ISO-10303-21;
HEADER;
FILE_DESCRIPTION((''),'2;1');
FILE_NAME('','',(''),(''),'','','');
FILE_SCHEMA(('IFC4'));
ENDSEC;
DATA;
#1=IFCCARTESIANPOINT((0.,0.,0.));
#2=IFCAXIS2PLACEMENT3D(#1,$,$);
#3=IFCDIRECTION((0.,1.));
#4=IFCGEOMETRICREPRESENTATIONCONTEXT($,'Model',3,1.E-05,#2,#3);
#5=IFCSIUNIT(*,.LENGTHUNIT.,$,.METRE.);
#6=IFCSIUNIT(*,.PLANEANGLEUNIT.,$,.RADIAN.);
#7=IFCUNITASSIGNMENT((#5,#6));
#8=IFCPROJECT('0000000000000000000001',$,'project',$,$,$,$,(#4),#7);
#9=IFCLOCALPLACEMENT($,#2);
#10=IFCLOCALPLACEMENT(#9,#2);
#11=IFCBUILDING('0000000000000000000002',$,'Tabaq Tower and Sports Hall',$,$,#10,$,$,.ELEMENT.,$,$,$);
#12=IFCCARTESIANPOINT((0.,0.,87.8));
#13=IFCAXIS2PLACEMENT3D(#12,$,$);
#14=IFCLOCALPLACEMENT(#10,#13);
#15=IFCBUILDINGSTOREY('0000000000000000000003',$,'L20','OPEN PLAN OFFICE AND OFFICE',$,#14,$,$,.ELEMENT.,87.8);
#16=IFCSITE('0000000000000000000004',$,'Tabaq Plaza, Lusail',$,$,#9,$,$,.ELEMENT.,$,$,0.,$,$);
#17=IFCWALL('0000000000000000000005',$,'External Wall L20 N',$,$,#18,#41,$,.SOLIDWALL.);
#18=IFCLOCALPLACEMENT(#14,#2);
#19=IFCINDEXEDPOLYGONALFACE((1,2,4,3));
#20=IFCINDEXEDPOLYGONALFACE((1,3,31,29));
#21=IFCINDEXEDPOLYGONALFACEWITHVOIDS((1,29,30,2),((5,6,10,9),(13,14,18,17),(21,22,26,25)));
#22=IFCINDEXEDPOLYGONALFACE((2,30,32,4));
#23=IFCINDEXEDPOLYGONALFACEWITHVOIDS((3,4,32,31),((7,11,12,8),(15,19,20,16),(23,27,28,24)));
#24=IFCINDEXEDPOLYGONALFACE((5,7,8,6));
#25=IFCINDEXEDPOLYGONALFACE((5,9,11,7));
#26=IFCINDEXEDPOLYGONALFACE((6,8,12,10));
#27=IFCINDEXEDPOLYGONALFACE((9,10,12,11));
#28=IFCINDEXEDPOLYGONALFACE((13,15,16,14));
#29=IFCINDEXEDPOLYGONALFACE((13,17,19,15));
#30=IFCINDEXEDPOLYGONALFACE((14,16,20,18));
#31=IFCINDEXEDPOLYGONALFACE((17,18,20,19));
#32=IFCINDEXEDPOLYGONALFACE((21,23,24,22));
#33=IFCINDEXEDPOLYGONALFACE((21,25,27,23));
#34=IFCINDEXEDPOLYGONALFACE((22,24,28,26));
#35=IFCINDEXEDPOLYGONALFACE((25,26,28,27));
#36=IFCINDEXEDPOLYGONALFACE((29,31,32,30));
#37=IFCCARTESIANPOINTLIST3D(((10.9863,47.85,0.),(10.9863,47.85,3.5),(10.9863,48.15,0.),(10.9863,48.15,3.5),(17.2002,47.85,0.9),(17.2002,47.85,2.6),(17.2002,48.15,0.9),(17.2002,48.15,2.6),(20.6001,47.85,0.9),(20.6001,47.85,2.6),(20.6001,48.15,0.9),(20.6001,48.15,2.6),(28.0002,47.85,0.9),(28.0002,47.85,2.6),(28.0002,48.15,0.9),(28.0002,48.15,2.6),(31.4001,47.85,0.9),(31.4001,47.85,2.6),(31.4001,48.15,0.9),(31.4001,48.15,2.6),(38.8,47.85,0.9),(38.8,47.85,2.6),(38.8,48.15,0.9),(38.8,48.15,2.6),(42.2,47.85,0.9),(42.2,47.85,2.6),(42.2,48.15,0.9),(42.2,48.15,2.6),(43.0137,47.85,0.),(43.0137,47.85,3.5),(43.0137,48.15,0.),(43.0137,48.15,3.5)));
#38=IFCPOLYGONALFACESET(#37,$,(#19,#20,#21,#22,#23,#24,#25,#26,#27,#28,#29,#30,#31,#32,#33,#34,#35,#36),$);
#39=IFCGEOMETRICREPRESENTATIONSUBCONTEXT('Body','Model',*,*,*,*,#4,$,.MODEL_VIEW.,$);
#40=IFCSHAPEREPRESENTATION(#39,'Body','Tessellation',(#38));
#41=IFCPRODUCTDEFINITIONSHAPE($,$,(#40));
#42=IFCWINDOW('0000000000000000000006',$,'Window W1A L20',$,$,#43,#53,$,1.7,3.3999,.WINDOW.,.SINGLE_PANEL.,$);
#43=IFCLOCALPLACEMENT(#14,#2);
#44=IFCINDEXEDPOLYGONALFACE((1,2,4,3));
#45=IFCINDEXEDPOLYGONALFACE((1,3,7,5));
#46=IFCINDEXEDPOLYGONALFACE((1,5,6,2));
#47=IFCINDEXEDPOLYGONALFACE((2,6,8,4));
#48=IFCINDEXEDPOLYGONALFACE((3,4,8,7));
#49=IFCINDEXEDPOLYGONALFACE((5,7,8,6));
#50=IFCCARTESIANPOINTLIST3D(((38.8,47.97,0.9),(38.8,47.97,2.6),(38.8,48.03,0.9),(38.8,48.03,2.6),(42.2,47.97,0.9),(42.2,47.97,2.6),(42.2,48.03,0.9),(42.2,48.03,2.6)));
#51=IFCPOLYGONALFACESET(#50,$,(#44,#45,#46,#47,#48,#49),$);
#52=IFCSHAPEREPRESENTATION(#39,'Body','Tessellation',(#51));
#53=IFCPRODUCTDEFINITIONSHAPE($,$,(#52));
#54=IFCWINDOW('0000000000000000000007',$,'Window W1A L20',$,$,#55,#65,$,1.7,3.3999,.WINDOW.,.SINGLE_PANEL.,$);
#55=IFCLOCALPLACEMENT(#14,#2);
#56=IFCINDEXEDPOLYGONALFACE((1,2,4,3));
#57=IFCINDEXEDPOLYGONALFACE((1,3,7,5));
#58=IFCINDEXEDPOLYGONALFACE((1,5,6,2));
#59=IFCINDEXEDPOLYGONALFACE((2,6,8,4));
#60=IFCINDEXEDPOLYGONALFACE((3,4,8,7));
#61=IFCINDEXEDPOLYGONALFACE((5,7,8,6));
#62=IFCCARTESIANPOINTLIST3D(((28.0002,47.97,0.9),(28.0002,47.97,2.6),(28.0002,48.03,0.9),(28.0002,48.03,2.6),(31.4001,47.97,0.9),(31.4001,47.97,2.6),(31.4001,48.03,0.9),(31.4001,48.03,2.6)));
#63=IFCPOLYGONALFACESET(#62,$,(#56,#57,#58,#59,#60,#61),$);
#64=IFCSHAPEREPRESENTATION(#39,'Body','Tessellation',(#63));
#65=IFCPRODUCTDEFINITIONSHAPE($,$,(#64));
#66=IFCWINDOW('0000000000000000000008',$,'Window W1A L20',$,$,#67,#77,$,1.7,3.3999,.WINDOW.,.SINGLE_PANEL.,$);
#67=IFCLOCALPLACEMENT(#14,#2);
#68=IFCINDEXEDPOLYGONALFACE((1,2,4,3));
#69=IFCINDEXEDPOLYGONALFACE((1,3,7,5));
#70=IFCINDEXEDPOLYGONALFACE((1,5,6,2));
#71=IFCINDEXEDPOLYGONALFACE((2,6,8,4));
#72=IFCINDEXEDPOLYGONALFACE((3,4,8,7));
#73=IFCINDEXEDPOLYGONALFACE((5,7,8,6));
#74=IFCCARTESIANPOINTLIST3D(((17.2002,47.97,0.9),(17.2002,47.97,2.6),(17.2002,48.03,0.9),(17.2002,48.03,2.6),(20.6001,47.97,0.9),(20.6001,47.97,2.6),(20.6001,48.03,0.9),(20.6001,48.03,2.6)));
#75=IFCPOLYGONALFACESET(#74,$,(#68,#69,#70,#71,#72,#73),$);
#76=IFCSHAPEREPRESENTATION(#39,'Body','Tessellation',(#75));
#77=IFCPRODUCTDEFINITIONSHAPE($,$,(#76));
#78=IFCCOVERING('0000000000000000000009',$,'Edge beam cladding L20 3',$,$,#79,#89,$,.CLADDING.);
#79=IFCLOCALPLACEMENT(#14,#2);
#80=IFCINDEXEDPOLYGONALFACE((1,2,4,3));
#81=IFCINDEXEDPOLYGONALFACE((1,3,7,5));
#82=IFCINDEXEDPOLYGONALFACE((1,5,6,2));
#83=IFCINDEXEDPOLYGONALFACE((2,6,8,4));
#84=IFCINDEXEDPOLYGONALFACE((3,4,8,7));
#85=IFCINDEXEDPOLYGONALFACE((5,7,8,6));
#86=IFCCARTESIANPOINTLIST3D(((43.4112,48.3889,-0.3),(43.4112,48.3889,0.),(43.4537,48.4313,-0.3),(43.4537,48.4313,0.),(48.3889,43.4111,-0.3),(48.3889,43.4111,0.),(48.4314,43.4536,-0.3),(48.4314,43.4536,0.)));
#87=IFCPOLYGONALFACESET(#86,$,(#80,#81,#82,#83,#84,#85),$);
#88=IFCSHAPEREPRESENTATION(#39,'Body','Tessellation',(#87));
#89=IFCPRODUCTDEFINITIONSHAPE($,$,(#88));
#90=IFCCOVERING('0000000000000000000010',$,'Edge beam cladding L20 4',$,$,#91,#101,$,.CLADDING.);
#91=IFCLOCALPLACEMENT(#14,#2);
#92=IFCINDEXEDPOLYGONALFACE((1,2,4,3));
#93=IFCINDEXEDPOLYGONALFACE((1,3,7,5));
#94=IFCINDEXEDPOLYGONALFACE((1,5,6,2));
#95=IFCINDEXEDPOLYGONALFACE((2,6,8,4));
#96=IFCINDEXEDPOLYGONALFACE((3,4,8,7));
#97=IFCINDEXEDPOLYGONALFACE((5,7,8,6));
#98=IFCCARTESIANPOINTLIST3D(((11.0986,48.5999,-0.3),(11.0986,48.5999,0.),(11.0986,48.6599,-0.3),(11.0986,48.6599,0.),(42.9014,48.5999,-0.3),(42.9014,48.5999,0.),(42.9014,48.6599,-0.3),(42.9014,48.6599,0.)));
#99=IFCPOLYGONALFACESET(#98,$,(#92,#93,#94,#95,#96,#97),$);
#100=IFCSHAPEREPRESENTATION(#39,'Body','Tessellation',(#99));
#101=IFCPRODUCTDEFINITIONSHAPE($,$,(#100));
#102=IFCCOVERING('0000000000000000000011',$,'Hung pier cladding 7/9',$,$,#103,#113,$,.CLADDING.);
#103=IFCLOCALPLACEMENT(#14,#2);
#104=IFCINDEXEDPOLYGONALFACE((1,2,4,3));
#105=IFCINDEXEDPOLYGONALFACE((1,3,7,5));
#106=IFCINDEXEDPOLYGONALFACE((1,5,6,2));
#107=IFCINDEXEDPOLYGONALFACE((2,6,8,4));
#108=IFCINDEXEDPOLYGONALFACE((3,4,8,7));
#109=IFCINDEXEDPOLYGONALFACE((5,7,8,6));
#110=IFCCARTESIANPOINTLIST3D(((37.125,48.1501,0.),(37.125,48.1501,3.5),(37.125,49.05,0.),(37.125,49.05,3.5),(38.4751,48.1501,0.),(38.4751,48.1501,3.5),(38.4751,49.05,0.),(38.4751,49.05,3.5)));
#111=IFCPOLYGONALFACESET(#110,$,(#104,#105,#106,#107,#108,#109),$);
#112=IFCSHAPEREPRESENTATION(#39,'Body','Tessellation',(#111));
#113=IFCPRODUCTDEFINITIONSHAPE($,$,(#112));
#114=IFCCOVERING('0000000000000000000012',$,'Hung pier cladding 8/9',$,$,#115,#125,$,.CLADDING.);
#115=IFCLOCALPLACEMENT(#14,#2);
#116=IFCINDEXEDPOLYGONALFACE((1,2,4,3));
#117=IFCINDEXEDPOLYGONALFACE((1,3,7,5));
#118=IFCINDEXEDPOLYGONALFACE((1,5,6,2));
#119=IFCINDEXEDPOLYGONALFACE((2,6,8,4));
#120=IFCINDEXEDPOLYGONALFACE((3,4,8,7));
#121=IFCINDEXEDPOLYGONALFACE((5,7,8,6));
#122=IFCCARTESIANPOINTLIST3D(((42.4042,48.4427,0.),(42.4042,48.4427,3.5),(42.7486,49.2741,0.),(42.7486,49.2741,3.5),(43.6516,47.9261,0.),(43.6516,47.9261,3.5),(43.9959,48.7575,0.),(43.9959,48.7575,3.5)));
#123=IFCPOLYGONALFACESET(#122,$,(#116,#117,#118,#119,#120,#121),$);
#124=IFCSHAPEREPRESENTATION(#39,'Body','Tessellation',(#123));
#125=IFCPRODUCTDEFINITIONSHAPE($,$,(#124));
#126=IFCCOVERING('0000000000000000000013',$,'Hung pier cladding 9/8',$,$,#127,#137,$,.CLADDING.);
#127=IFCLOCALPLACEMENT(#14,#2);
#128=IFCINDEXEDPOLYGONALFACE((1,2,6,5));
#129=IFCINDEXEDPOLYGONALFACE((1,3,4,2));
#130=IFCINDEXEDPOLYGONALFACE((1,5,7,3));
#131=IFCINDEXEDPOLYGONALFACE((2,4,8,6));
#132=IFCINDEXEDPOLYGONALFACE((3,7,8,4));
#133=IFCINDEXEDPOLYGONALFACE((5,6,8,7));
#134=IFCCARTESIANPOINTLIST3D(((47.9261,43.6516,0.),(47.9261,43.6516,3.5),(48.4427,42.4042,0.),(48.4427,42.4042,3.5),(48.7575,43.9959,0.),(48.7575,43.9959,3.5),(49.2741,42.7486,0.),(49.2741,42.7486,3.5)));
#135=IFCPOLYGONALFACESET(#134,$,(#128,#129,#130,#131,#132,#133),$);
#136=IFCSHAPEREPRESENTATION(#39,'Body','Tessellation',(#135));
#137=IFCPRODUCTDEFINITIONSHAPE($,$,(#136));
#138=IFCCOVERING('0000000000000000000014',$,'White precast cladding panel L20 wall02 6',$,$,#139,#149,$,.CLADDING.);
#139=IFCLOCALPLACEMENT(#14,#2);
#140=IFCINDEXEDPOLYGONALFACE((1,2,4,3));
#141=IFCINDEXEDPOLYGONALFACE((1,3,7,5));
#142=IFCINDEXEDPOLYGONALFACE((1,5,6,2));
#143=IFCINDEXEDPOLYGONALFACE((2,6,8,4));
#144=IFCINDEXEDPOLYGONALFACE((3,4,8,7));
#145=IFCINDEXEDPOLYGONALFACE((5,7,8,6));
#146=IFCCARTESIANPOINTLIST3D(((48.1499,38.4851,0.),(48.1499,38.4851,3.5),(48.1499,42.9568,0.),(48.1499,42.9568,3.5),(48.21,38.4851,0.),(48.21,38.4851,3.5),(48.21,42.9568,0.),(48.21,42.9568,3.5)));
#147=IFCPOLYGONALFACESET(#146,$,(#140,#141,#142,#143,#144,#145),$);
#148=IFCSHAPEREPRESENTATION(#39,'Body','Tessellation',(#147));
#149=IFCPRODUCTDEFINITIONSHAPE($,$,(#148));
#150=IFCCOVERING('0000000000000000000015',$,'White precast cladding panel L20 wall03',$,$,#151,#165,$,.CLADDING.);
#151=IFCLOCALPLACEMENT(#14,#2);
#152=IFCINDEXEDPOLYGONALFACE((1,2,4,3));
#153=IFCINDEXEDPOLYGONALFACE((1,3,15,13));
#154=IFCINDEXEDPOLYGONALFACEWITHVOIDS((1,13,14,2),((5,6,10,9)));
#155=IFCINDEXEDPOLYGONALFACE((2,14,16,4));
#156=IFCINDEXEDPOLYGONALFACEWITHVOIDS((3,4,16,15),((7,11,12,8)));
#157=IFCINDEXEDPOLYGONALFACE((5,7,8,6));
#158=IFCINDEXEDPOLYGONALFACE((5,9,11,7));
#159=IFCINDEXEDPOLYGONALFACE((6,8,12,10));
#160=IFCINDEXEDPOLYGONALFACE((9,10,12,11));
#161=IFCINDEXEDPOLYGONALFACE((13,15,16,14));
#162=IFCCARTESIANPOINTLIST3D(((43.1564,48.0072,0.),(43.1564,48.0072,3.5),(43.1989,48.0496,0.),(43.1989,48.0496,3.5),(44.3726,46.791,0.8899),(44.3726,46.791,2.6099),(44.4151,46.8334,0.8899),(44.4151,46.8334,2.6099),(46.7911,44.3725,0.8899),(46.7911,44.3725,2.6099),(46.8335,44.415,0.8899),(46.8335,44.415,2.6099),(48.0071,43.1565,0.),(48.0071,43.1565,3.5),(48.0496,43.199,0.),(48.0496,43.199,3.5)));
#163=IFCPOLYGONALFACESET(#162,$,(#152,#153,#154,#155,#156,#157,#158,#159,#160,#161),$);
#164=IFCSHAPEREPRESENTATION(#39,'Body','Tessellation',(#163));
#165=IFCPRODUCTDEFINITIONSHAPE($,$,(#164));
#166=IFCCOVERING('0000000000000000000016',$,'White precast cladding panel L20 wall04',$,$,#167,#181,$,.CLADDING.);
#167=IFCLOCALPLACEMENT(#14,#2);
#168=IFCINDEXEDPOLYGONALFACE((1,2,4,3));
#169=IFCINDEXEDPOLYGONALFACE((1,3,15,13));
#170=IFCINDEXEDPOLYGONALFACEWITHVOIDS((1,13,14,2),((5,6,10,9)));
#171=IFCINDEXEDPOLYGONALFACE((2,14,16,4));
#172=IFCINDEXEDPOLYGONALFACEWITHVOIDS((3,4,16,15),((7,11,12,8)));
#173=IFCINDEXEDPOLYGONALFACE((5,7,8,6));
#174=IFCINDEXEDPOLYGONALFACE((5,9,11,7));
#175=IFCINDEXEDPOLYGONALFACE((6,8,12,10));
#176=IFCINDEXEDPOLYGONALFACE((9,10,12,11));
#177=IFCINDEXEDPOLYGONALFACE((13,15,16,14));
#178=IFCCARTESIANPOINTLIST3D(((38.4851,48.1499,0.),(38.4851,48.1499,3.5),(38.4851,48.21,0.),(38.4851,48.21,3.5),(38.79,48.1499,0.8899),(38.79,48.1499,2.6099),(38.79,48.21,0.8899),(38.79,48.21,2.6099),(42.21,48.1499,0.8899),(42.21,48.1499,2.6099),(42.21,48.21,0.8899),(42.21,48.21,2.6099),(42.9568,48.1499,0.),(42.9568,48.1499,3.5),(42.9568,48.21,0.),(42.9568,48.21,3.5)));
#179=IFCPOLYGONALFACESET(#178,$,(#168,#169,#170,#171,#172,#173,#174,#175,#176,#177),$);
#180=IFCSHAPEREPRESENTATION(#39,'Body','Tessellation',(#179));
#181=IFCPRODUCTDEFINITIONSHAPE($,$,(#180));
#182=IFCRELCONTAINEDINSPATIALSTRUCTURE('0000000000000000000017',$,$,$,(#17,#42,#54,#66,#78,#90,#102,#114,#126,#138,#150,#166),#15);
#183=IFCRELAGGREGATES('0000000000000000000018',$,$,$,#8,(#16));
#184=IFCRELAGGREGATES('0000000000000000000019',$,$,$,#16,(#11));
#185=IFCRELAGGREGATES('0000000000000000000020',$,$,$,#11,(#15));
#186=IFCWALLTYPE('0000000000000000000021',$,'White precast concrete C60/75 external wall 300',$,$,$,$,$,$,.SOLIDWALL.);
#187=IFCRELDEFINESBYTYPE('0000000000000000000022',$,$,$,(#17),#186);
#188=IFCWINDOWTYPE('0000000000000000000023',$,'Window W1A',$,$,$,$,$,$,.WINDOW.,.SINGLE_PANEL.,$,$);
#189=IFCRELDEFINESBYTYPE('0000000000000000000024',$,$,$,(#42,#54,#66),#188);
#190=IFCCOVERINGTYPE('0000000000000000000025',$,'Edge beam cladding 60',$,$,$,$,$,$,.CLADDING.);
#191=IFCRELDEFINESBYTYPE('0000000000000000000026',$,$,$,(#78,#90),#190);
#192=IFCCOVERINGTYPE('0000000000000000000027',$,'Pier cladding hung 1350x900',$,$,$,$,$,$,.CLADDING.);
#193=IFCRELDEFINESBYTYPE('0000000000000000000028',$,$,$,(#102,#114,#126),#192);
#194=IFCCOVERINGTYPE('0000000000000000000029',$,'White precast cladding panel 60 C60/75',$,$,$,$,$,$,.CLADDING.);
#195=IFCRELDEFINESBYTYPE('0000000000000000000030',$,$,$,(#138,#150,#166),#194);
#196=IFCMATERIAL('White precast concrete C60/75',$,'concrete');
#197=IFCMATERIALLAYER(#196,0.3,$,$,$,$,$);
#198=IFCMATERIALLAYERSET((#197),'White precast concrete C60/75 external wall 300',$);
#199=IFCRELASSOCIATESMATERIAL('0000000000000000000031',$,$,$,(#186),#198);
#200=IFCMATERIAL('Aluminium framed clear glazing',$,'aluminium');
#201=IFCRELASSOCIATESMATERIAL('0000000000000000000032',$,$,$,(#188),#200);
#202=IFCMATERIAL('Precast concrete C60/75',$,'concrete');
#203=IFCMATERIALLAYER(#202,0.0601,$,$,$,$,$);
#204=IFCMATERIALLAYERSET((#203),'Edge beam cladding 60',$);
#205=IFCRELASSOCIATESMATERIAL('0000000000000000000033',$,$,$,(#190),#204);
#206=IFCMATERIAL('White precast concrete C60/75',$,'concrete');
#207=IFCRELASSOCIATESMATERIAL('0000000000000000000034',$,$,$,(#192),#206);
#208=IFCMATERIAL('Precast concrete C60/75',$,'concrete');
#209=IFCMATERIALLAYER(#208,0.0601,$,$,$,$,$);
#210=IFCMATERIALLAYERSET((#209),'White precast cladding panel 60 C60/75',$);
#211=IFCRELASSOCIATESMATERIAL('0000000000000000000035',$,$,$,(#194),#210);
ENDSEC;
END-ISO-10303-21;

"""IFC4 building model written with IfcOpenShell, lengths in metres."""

from ifc_helpers import new_model, si_unit, direction, frame, frame_2d, origin, place, context, subcontext, project, spatial, polyline, rectangle, outline, extrude, material, layer, layer_set, type_object, element, fill, save


model = new_model("IFC4")

# Units and contexts
model_context = context("Model", 3, precision=1e-05, world=origin(), true_north=direction((0.0, 1.0)))
body_context = subcontext(model_context, "Body", "Model", "MODEL_VIEW")
ifc_project = project(units=[si_unit("LENGTHUNIT", "METRE"), si_unit("PLANEANGLEUNIT", "RADIAN")], contexts=[model_context])

# Site, building, storey
site_placement = place(None, origin())
site = spatial("IfcSite", under=ifc_project, at=site_placement, Name="Tabaq Plaza, Lusail", CompositionType="ELEMENT", RefElevation=0.0)
building_placement = place(site_placement, origin())
building = spatial("IfcBuilding", under=site, at=building_placement, Name="Tabaq Tower and Sports Hall", CompositionType="ELEMENT")
storey_placement = place(building_placement, frame((0.0, 0.0, 87.8)))
storey = spatial("IfcBuildingStorey", under=building, at=storey_placement, Name="L20", Description="OPEN PLAN OFFICE AND OFFICE", CompositionType="ELEMENT", Elevation=87.8)

# Shared definitions
ifc_material_1 = material(Name="White precast concrete C60/75", Category="concrete")
ifc_layer_1 = layer(ifc_material_1, 0.3)
ifc_layer_set_1 = layer_set([ifc_layer_1], Name="White precast concrete C60/75 external wall 300")
wall_type_1 = type_object("IfcWallType", Name="White precast concrete C60/75 external wall 300", PredefinedType="SOLIDWALL", material=ifc_layer_set_1)
ifc_material_2 = material(Name="Aluminium framed clear glazing", Category="aluminium")
window_type = type_object("IfcWindowType", Name="Window W1A", PartitioningType="SINGLE_PANEL", PredefinedType="WINDOW", material=ifc_material_2)

# Wall, openings, windows
wall_1_placement = place(storey_placement, frame((43.0137, 48.0, 0.0), z_axis=(0.0, 0.0, 1.0), x_axis=(-1.0, 0.0, 0.0)))
wall_1 = element("IfcWall", 1, at=wall_1_placement, inside=storey, type_object=wall_type_1, Name="External Wall L20 N", PredefinedType="SOLIDWALL", context=body_context, shape_type="SweptSolid", body=[
    extrude(rectangle(XDim=32.0273, YDim=0.3, at=frame_2d((16.0137, 0.0))), origin(), (0.0, 0.0, 1.0), 3.5),
])
opening_1_placement = place(wall_1_placement, frame((0.8137, 0.0, 0.8999)))
opening_1 = element("IfcOpeningElement", 2, at=opening_1_placement, cuts=wall_1, PredefinedType="OPENING", context=body_context, shape_type="SweptSolid", body=[
    extrude(rectangle(XDim=3.3999, YDim=1.7, at=frame_2d((1.7, 0.8501))), frame((0.0, 0.1602, 0.0), z_axis=(0.0, -1.0, 0.0), x_axis=(1.0, 0.0, 0.0)), (0.0, 0.0, 1.0), 0.3201),
])
opening_2_placement = place(wall_1_placement, frame((11.6135, 0.0, 0.8999)))
opening_2 = element("IfcOpeningElement", 3, at=opening_2_placement, cuts=wall_1, PredefinedType="OPENING", context=body_context, shape_type="SweptSolid", body=[
    extrude(rectangle(XDim=3.3999, YDim=1.7, at=frame_2d((1.7, 0.8501))), frame((0.0, 0.1602, 0.0), z_axis=(0.0, -1.0, 0.0), x_axis=(1.0, 0.0, 0.0)), (0.0, 0.0, 1.0), 0.3201),
])
opening_3_placement = place(wall_1_placement, frame((22.4136, 0.0, 0.8999)))
opening_3 = element("IfcOpeningElement", 4, at=opening_3_placement, cuts=wall_1, PredefinedType="OPENING", context=body_context, shape_type="SweptSolid", body=[
    extrude(rectangle(XDim=3.3999, YDim=1.7, at=frame_2d((1.7, 0.8501))), frame((0.0, 0.1602, 0.0), z_axis=(0.0, -1.0, 0.0), x_axis=(1.0, 0.0, 0.0)), (0.0, 0.0, 1.0), 0.3201),
])
window_1_placement = place(opening_1_placement, origin())
window_1 = element("IfcWindow", 5, at=window_1_placement, inside=storey, type_object=window_type, Name="Window W1A L20", OverallHeight=1.7, OverallWidth=3.3999, PartitioningType="SINGLE_PANEL", PredefinedType="WINDOW", context=body_context, shape_type="SweptSolid", body=[
    extrude(rectangle(XDim=3.3999, YDim=1.7, at=frame_2d((1.7, 0.8501))), frame((0.0, 0.03, 0.0), z_axis=(0.0, -1.0, 0.0), x_axis=(1.0, 0.0, 0.0)), (0.0, 0.0, 1.0), 0.0601),
])
fill(opening_1, window_1)
window_2_placement = place(opening_2_placement, origin())
window_2 = element("IfcWindow", 6, at=window_2_placement, inside=storey, type_object=window_type, Name="Window W1A L20", OverallHeight=1.7, OverallWidth=3.3999, PartitioningType="SINGLE_PANEL", PredefinedType="WINDOW", context=body_context, shape_type="SweptSolid", body=[
    extrude(rectangle(XDim=3.3999, YDim=1.7, at=frame_2d((1.7, 0.8501))), frame((0.0, 0.03, 0.0), z_axis=(0.0, -1.0, 0.0), x_axis=(1.0, 0.0, 0.0)), (0.0, 0.0, 1.0), 0.0601),
])
fill(opening_2, window_2)
window_3_placement = place(opening_3_placement, origin())
window_3 = element("IfcWindow", 7, at=window_3_placement, inside=storey, type_object=window_type, Name="Window W1A L20", OverallHeight=1.7, OverallWidth=3.3999, PartitioningType="SINGLE_PANEL", PredefinedType="WINDOW", context=body_context, shape_type="SweptSolid", body=[
    extrude(rectangle(XDim=3.3999, YDim=1.7, at=frame_2d((1.7, 0.8501))), frame((0.0, 0.03, 0.0), z_axis=(0.0, -1.0, 0.0), x_axis=(1.0, 0.0, 0.0)), (0.0, 0.0, 1.0), 0.0601),
])
fill(opening_3, window_3)

# Coverings
ifc_material_3 = material(Name="Precast concrete C60/75", Category="concrete")
ifc_layer_2 = layer(ifc_material_3, 0.0601)
ifc_layer_set_2 = layer_set([ifc_layer_2], Name="Edge beam cladding 60")
covering_type_1 = type_object("IfcCoveringType", Name="Edge beam cladding 60", PredefinedType="CLADDING", material=ifc_layer_set_2)
covering_1_placement = place(storey_placement, frame((48.4102, 43.4324, -0.3), z_axis=(0.0, 0.0, 1.0), x_axis=(-0.707107, 0.707107, 0.0)))
element("IfcCovering", 8, at=covering_1_placement, inside=storey, type_object=covering_type_1, Name="Edge beam cladding L20 3", PredefinedType="CLADDING", context=body_context, shape_type="SweptSolid", body=[
    extrude(rectangle(XDim=7.0396, YDim=0.0601, at=frame_2d((3.5198, 0.0))), origin(), (0.0, 0.0, 1.0), 0.3),
])
covering_2_placement = place(storey_placement, frame((42.9014, 48.6299, -0.3), z_axis=(0.0, 0.0, 1.0), x_axis=(-1.0, 0.0, 0.0)))
element("IfcCovering", 9, at=covering_2_placement, inside=storey, type_object=covering_type_1, Name="Edge beam cladding L20 4", PredefinedType="CLADDING", context=body_context, shape_type="SweptSolid", body=[
    extrude(rectangle(XDim=31.8027, YDim=0.0601, at=frame_2d((15.9014, 0.0))), origin(), (0.0, 0.0, 1.0), 0.3),
])
ifc_material_4 = material(Name="White precast concrete C60/75", Category="concrete")
covering_type_2 = type_object("IfcCoveringType", Name="Pier cladding hung 1350x900", PredefinedType="CLADDING", material=ifc_material_4)
for number, where, z_axis, x_axis, name in (
    (10, (38.4751, 48.6001, 0.0), (0.0, 0.0, 1.0), (-1.0, 0.0, 0.0), "Hung pier cladding 7/9"),
    (11, (43.8237, 48.3418, 0.0), (0.0, 0.0, 1.0), (-0.923893, 0.38265, 0.0), "Hung pier cladding 8/9"),
    (12, (48.8584, 42.5764, 0.0), (0.0, 0.0, 1.0), (-0.38265, 0.923893, 0.0), "Hung pier cladding 9/8"),
):
    element("IfcCovering", number, at=place(storey_placement, frame(where, z_axis=z_axis, x_axis=x_axis)), inside=storey, type_object=covering_type_2, Name=name, PredefinedType="CLADDING", context=body_context, shape_type="SweptSolid", body=[
        extrude(rectangle(XDim=1.3501, YDim=0.8999, at=frame_2d((0.675, 0.0))), origin(), (0.0, 0.0, 1.0), 3.5),
    ])
ifc_material_5 = material(Name="Precast concrete C60/75", Category="concrete")
ifc_layer_3 = layer(ifc_material_5, 0.0601)
ifc_layer_set_3 = layer_set([ifc_layer_3], Name="White precast cladding panel 60 C60/75")
covering_type_3 = type_object("IfcCoveringType", Name="White precast cladding panel 60 C60/75", PredefinedType="CLADDING", material=ifc_layer_set_3)
covering_3_placement = place(storey_placement, frame((48.1799, 38.4851, 0.0), z_axis=(0.0, 0.0, 1.0), x_axis=(0.0, 1.0, 0.0)))
element("IfcCovering", 13, at=covering_3_placement, inside=storey, type_object=covering_type_3, Name="White precast cladding panel L20 wall02 6", PredefinedType="CLADDING", context=body_context, shape_type="SweptSolid", body=[
    extrude(rectangle(XDim=4.4717, YDim=0.0601, at=frame_2d((2.2358, 0.0))), origin(), (0.0, 0.0, 1.0), 3.5),
])
covering_4_placement = place(storey_placement, frame((48.0283, 43.1777, 0.0), z_axis=(0.0, 0.0, 1.0), x_axis=(-0.707107, 0.707107, 0.0)))
element("IfcCovering", 14, at=covering_4_placement, inside=storey, type_object=covering_type_3, Name="White precast cladding panel L20 wall03", PredefinedType="CLADDING", context=body_context, shape_type="SweptSolid", body=[
    extrude(outline(polyline([(0.0, 0.0), (6.8599, 0.0), (6.8599, 3.5), (0.0, 3.5), (0.0, 0.0)]), holes=[polyline([(1.7197, 0.8899), (1.7197, 2.6099), (5.1399, 2.6099), (5.1399, 0.8899), (1.7197, 0.8899)])]), frame((0.0, 0.03, 0.0), z_axis=(0.0, -1.0, 0.0), x_axis=(1.0, 0.0, 0.0)), (0.0, 0.0, 1.0), 0.0601),
])
covering_5_placement = place(storey_placement, frame((42.9568, 48.1799, 0.0), z_axis=(0.0, 0.0, 1.0), x_axis=(-1.0, 0.0, 0.0)))
element("IfcCovering", 15, at=covering_5_placement, inside=storey, type_object=covering_type_3, Name="White precast cladding panel L20 wall04", PredefinedType="CLADDING", context=body_context, shape_type="SweptSolid", body=[
    extrude(outline(polyline([(0.0, 0.0), (4.4717, 0.0), (4.4717, 3.5), (0.0, 3.5), (0.0, 0.0)]), holes=[polyline([(0.7468, 0.8899), (0.7468, 2.6099), (4.1667, 2.6099), (4.1667, 0.8899), (0.7468, 0.8899)])]), frame((0.0, 0.03, 0.0), z_axis=(0.0, -1.0, 0.0), x_axis=(1.0, 0.0, 0.0)), (0.0, 0.0, 1.0), 0.0601),
])

save(model, "model.ifc")
